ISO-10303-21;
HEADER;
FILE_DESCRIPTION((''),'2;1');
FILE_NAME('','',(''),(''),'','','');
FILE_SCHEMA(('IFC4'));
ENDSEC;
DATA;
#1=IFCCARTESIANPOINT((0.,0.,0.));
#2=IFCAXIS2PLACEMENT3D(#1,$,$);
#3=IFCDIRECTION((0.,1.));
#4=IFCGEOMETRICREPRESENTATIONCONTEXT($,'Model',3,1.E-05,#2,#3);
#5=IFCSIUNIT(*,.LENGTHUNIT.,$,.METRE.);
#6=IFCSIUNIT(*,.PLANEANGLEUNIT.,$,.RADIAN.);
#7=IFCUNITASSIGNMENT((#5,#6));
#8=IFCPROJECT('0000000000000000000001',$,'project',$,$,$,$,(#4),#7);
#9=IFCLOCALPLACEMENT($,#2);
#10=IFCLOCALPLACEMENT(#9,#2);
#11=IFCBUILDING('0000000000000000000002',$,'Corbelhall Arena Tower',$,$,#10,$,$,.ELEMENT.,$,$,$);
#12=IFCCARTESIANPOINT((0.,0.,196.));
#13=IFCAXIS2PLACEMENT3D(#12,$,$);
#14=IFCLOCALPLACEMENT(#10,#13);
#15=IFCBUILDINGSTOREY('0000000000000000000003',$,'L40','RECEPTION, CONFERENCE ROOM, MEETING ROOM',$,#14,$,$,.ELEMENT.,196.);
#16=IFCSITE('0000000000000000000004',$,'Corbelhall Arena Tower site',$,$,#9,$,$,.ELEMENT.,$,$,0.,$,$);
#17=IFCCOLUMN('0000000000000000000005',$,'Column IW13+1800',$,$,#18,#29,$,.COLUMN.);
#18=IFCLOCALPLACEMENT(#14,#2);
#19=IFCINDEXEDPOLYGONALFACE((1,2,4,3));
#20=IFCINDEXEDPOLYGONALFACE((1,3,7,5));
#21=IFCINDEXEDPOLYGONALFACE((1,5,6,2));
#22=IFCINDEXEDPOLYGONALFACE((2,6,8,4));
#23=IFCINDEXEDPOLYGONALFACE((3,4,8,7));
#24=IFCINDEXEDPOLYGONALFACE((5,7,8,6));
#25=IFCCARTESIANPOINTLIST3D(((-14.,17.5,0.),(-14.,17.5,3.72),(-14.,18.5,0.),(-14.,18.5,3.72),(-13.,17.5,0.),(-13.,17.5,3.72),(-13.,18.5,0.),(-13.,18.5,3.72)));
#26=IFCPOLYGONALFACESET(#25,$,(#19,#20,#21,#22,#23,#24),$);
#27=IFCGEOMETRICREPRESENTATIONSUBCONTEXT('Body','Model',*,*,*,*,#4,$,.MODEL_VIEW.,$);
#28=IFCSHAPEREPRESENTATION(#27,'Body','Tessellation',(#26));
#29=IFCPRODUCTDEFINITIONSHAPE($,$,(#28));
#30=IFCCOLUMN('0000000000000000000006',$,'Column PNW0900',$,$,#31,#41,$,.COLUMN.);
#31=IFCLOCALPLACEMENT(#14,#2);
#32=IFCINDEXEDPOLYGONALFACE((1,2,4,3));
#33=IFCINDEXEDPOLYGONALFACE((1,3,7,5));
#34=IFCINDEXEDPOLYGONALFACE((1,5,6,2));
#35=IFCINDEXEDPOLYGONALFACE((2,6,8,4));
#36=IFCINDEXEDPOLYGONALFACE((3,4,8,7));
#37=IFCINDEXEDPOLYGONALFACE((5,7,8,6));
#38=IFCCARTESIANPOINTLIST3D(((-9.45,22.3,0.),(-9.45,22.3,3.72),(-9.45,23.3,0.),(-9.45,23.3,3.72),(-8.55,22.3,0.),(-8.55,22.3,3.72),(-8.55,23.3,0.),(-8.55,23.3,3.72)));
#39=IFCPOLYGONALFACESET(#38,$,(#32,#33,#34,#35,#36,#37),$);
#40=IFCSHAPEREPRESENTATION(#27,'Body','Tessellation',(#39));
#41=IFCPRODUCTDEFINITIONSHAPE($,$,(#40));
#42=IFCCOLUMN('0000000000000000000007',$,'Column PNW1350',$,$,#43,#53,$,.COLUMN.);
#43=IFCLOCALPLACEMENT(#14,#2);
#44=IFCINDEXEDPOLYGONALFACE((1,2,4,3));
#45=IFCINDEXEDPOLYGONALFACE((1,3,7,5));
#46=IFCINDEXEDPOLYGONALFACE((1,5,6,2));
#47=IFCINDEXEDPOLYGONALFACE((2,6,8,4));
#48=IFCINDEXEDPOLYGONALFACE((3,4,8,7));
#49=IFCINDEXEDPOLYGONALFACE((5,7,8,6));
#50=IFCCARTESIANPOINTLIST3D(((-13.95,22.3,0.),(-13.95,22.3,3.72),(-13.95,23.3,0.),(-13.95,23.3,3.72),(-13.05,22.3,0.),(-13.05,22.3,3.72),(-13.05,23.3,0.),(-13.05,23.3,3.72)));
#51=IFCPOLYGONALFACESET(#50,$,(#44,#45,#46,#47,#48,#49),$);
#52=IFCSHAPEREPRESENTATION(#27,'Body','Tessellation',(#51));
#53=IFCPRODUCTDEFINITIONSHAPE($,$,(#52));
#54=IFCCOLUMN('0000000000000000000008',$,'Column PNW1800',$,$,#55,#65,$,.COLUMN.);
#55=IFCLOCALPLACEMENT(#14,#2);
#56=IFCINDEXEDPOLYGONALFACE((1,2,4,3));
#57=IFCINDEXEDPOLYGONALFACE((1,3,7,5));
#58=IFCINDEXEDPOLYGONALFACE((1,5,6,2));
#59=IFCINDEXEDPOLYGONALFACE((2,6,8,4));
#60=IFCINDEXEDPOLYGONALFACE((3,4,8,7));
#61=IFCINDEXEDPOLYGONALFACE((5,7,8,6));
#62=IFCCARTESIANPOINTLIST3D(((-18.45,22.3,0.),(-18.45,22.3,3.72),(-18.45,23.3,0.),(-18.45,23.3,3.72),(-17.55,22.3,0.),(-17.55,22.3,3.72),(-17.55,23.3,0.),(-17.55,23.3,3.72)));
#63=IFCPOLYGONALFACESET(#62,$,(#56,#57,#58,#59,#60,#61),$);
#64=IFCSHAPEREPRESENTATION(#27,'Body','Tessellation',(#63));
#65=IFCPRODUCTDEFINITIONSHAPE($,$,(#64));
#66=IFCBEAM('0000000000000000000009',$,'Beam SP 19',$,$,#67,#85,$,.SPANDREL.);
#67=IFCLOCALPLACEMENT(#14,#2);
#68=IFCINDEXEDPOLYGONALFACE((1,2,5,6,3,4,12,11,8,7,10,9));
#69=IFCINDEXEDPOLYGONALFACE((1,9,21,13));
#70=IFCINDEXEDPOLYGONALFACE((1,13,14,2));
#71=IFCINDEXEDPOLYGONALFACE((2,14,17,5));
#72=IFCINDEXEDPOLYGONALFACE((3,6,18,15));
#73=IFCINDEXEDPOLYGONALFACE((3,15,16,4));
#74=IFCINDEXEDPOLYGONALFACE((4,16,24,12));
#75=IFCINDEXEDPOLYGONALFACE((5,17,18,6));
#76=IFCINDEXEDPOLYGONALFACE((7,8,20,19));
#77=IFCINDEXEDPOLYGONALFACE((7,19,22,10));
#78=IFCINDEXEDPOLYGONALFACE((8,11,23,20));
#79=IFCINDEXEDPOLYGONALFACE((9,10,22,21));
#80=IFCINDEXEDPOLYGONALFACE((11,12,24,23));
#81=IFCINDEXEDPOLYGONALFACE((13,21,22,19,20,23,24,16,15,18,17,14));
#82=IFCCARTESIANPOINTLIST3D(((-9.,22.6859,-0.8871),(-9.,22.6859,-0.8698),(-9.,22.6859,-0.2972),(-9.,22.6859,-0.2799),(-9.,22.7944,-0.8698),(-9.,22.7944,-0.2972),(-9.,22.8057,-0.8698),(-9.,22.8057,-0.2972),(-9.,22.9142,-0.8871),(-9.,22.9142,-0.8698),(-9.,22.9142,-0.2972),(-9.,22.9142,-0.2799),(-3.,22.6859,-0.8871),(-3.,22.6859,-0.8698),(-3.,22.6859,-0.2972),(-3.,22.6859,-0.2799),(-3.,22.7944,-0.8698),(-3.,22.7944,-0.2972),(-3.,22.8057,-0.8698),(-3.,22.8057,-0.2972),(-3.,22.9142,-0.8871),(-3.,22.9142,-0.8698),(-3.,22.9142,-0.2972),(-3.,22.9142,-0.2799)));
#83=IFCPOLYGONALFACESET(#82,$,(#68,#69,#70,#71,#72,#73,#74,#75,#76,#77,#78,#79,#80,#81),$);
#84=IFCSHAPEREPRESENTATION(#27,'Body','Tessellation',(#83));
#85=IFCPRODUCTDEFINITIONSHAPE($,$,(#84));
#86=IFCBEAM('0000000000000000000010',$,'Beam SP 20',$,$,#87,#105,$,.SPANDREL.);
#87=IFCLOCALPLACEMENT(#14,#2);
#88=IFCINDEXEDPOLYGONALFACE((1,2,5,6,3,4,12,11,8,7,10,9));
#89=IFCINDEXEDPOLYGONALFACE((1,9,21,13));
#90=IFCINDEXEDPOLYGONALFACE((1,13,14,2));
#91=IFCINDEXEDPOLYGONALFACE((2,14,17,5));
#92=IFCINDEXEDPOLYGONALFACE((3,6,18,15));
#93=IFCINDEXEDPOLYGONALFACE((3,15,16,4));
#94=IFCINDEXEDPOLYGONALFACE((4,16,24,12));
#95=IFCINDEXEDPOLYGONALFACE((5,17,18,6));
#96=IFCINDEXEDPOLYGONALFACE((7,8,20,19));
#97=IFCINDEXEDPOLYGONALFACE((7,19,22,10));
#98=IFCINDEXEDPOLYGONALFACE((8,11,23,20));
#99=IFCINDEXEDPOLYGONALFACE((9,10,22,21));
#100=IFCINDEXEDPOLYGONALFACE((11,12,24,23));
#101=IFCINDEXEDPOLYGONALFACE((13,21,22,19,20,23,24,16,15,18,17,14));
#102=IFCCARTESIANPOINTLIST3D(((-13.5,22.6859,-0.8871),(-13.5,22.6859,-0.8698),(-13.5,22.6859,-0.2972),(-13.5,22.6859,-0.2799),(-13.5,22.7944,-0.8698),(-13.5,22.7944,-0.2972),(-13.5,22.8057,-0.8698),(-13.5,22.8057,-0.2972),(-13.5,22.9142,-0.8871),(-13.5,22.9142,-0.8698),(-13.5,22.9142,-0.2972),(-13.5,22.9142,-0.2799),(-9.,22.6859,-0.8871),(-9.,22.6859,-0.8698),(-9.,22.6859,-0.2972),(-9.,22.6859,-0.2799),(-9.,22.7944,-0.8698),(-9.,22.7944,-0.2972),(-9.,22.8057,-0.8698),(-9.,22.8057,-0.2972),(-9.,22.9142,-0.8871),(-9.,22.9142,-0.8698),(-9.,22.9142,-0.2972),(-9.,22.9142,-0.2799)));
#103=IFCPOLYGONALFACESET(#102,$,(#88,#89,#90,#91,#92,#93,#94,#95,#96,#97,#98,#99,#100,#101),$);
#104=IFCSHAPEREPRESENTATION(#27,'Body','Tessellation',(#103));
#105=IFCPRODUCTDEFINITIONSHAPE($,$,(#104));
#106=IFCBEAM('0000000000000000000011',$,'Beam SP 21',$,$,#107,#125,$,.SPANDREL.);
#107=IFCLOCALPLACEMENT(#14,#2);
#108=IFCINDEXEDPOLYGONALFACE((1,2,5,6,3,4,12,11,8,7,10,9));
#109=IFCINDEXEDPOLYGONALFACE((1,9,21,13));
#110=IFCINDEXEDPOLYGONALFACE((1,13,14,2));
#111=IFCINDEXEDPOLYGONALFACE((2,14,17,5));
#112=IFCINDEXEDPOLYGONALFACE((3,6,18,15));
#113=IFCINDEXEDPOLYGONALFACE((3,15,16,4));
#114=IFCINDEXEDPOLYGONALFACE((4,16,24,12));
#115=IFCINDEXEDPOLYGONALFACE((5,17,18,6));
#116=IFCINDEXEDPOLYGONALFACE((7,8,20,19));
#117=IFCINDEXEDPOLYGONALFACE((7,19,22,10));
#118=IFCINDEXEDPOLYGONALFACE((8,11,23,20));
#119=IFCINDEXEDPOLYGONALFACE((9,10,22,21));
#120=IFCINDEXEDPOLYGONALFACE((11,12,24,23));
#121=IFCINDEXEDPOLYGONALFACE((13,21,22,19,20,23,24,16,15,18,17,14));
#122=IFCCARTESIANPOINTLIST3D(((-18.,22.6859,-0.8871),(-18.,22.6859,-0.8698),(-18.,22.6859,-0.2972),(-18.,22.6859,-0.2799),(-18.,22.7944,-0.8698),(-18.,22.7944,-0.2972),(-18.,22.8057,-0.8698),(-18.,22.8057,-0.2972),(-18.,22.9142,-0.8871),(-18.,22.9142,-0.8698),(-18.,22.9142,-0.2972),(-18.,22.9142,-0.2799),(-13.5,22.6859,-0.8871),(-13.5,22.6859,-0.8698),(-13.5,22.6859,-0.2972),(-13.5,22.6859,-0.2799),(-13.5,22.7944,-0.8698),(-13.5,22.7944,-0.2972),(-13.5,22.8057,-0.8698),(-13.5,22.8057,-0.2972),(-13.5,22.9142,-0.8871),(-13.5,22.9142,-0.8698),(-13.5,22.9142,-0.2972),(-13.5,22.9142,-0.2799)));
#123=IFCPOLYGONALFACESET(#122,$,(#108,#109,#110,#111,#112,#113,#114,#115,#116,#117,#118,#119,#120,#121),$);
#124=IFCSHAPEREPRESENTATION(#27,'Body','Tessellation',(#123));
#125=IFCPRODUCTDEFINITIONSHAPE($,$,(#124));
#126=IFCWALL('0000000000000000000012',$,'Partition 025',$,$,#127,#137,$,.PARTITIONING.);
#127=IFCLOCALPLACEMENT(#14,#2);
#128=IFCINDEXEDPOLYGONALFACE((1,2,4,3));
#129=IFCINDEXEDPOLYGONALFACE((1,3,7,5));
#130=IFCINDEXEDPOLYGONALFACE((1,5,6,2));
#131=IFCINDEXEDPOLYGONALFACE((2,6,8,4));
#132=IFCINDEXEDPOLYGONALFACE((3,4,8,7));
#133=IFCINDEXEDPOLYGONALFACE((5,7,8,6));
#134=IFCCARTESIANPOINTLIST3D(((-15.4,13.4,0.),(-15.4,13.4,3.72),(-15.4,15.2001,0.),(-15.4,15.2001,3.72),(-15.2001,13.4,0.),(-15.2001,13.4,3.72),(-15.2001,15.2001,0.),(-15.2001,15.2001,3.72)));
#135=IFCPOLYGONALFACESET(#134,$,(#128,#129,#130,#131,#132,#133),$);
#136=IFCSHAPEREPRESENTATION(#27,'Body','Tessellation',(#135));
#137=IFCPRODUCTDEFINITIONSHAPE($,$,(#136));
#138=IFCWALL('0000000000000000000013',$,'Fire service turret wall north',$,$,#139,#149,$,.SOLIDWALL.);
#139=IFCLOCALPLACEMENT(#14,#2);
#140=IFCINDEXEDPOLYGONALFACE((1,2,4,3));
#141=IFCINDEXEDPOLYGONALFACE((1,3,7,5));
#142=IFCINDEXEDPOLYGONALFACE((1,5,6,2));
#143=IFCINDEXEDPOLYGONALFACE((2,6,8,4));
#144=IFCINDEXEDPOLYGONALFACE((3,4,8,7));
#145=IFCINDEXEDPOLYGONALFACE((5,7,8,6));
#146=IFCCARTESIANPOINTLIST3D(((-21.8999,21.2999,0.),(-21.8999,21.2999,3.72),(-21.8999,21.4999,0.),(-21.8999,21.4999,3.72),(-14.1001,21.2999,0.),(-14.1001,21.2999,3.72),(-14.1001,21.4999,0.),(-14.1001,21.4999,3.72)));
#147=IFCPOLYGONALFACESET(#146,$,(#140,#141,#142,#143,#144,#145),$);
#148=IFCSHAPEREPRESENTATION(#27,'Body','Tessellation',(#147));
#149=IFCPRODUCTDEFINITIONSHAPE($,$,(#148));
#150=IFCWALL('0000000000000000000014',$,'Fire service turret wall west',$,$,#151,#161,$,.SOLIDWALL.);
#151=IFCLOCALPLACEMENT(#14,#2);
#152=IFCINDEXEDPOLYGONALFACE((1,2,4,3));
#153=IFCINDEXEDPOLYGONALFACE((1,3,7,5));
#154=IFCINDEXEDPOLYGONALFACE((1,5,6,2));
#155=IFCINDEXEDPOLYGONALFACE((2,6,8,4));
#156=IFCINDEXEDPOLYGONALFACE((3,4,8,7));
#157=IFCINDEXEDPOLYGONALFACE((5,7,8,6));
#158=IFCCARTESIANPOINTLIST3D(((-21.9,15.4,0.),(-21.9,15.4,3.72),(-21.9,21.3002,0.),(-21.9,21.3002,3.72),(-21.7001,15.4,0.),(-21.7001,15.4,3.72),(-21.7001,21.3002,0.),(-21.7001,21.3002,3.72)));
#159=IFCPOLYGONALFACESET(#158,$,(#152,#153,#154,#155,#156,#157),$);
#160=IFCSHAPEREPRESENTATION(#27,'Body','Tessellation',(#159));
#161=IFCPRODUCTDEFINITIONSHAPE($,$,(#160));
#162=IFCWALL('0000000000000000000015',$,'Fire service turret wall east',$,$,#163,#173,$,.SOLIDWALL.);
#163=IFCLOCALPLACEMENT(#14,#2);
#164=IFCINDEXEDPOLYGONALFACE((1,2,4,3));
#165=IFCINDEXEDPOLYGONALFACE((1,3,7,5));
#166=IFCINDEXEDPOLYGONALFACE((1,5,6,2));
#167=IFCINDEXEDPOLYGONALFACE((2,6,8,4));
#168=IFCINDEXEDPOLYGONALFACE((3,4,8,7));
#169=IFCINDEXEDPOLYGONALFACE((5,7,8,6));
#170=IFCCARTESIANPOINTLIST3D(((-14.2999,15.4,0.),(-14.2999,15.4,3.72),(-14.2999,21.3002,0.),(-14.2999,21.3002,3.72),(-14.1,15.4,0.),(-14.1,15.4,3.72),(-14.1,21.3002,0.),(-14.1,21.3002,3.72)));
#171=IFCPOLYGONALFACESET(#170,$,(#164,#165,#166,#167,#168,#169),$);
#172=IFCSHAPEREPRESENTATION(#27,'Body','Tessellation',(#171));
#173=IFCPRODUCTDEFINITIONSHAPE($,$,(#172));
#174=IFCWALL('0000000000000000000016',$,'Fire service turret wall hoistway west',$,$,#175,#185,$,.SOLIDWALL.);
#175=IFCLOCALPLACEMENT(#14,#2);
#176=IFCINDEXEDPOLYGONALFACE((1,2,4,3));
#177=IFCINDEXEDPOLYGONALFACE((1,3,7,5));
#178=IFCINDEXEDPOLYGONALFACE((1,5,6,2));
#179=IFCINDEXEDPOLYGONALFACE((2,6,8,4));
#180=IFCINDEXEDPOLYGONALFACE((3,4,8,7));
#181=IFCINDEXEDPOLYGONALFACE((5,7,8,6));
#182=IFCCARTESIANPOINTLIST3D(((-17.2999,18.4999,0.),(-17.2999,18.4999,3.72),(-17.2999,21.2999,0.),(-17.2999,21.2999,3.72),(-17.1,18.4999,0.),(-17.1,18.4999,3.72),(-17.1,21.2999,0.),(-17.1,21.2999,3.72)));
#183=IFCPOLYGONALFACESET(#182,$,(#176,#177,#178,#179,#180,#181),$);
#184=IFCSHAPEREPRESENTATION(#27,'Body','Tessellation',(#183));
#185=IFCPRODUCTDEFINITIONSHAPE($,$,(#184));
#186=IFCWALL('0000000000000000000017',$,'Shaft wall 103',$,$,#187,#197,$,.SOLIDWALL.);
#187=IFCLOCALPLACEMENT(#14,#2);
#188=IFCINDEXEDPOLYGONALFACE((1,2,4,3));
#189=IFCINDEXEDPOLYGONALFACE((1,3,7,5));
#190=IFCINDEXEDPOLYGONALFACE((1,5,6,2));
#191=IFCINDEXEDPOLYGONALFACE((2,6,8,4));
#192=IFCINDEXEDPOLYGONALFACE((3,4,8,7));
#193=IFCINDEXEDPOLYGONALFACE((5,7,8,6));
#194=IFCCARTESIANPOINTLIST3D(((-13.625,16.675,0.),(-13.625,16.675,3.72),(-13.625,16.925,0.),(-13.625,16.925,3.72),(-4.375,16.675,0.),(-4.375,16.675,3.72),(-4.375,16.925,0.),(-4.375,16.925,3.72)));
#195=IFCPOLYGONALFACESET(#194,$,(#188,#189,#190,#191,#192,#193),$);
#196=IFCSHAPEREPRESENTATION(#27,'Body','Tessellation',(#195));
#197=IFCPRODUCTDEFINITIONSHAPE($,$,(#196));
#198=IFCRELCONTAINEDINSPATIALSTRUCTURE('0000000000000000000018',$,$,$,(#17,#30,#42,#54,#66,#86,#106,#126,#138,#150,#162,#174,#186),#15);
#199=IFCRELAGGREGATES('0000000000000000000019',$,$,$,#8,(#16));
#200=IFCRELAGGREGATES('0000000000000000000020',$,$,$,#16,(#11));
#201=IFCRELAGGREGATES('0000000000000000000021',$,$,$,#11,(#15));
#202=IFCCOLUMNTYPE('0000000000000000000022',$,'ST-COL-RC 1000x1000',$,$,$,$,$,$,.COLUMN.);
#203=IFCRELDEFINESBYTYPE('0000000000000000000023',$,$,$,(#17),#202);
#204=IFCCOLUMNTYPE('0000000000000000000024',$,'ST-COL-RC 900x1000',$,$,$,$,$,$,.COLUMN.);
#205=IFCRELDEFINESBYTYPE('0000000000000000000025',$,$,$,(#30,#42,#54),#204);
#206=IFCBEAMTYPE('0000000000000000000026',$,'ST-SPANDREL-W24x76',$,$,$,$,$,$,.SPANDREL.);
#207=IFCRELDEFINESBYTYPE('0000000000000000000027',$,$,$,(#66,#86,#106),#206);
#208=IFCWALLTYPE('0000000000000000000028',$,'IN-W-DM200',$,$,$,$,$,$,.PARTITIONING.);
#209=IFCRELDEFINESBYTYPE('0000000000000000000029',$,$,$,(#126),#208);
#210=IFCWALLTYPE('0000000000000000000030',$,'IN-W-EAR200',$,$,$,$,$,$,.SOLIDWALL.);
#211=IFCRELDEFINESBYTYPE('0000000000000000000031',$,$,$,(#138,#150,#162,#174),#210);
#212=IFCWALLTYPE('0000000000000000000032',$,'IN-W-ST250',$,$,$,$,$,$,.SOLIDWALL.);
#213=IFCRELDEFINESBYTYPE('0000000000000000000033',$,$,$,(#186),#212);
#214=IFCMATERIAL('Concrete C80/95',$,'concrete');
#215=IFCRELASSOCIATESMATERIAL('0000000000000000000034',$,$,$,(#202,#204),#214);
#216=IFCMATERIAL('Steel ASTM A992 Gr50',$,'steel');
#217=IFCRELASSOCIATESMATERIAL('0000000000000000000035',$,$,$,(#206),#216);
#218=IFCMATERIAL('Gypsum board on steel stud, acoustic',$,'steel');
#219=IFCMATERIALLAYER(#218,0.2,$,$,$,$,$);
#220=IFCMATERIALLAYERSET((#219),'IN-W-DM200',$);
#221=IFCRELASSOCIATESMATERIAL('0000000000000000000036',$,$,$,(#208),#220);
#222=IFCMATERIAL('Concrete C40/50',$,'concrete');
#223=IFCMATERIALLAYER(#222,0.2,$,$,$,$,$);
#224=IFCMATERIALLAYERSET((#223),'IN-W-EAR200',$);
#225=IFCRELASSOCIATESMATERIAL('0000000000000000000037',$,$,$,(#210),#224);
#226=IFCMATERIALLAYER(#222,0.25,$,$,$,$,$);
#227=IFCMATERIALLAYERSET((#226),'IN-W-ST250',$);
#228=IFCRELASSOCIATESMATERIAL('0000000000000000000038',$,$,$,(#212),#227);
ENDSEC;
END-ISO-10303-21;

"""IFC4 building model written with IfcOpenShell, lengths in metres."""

from ifc_helpers import new_model, si_unit, direction, frame, frame_2d, origin, origin_2d, place, context, subcontext, project, spatial, rectangle, i_section, extrude, material, layer, layer_set, material_profile, profile_set, type_object, element, save


model = new_model("IFC4")

# Units and contexts
model_context = context("Model", 3, precision=1e-05, world=origin(), true_north=direction((0.0, 1.0)))
body_context = subcontext(model_context, "Body", "Model", "MODEL_VIEW")
ifc_project = project(units=[si_unit("LENGTHUNIT", "METRE"), si_unit("PLANEANGLEUNIT", "RADIAN")], contexts=[model_context])

# Site, building, storey
site_placement = place(None, origin())
site = spatial("IfcSite", under=ifc_project, at=site_placement, Name="Corbelhall Arena Tower site", CompositionType="ELEMENT", RefElevation=0.0)
building_placement = place(site_placement, origin())
building = spatial("IfcBuilding", under=site, at=building_placement, Name="Corbelhall Arena Tower", CompositionType="ELEMENT")
storey_placement = place(building_placement, frame((0.0, 0.0, 196.0)))
storey = spatial("IfcBuildingStorey", under=building, at=storey_placement, Name="L40", Description="RECEPTION, CONFERENCE ROOM, MEETING ROOM", CompositionType="ELEMENT", Elevation=196.0)

# Columns
ifc_material_1 = material(Name="Concrete C80/95", Category="concrete")
ifc_material_profile_1 = material_profile(ifc_material_1, rectangle(XDim=1.0, YDim=1.0, at=origin_2d()))
ifc_profile_set_1 = profile_set([ifc_material_profile_1], Name="Concrete C80/95")
column_type_1 = type_object("IfcColumnType", Name="ST-COL-RC 1000x1000", PredefinedType="COLUMN", material=ifc_profile_set_1)
column_placement = place(storey_placement, frame((-13.5, 18.0, 0.0), z_axis=(0.0, 0.0, 1.0), x_axis=(1.0, 0.0, 0.0)))
element("IfcColumn", 1, at=column_placement, inside=storey, type_object=column_type_1, Name="Column IW13+1800", PredefinedType="COLUMN", context=body_context, shape_type="SweptSolid", body=[
    extrude(rectangle(XDim=1.0, YDim=1.0, at=origin_2d()), origin(), (0.0, 0.0, 1.0), 3.72),
])
ifc_material_profile_2 = material_profile(ifc_material_1, rectangle(XDim=0.8999, YDim=1.0, at=origin_2d()))
ifc_profile_set_2 = profile_set([ifc_material_profile_2], Name="Concrete C80/95")
column_type_2 = type_object("IfcColumnType", Name="ST-COL-RC 900x1000", PredefinedType="COLUMN", material=ifc_profile_set_2)
for number, where, z_axis, x_axis, name in (
    (2, (-9.0, 22.8, 0.0), (0.0, 0.0, 1.0), (1.0, 0.0, 0.0), "Column PNW0900"),
    (3, (-13.5, 22.8, 0.0), (0.0, 0.0, 1.0), (1.0, 0.0, 0.0), "Column PNW1350"),
    (4, (-18.0, 22.8, 0.0), (0.0, 0.0, 1.0), (1.0, 0.0, 0.0), "Column PNW1800"),
):
    element("IfcColumn", number, at=place(storey_placement, frame(where, z_axis=z_axis, x_axis=x_axis)), inside=storey, type_object=column_type_2, Name=name, PredefinedType="COLUMN", context=body_context, shape_type="SweptSolid", body=[
        extrude(rectangle(XDim=0.8999, YDim=1.0, at=origin_2d()), origin(), (0.0, 0.0, 1.0), 3.72),
    ])

# Beams
ifc_material_2 = material(Name="Steel ASTM A992 Gr50", Category="steel")
ifc_material_profile_3 = material_profile(ifc_material_2, i_section(OverallWidth=0.2283, OverallDepth=0.6072, WebThickness=0.0112, FlangeThickness=0.0173, at=origin_2d()))
ifc_profile_set_3 = profile_set([ifc_material_profile_3], Name="Steel ASTM A992 Gr50")
beam_type = type_object("IfcBeamType", Name="ST-SPANDREL-W24x76", PredefinedType="SPANDREL", material=ifc_profile_set_3)
beam_placement = place(storey_placement, frame((-9.0, 22.8, -0.5835), z_axis=(1.0, 0.0, 0.0), x_axis=(0.0, 1.0, 0.0)))
element("IfcBeam", 5, at=beam_placement, inside=storey, type_object=beam_type, Name="Beam SP 19", PredefinedType="SPANDREL", context=body_context, shape_type="SweptSolid", body=[
    extrude(i_section(OverallWidth=0.2283, OverallDepth=0.6072, WebThickness=0.0112, FlangeThickness=0.0173, at=origin_2d()), origin(), (0.0, 0.0, 1.0), 6.0),
])
for number, where, z_axis, x_axis, name in (
    (6, (-13.5, 22.8, -0.5835), (1.0, 0.0, 0.0), (0.0, 1.0, 0.0), "Beam SP 20"),
    (7, (-18.0, 22.8, -0.5835), (1.0, 0.0, 0.0), (0.0, 1.0, 0.0), "Beam SP 21"),
):
    element("IfcBeam", number, at=place(storey_placement, frame(where, z_axis=z_axis, x_axis=x_axis)), inside=storey, type_object=beam_type, Name=name, PredefinedType="SPANDREL", context=body_context, shape_type="SweptSolid", body=[
        extrude(i_section(OverallWidth=0.2283, OverallDepth=0.6072, WebThickness=0.0112, FlangeThickness=0.0173, at=origin_2d()), origin(), (0.0, 0.0, 1.0), 4.5),
    ])

# Wall
ifc_material_3 = material(Name="Gypsum board on steel stud, acoustic", Category="steel")
ifc_layer_1 = layer(ifc_material_3, 0.2)
ifc_layer_set_1 = layer_set([ifc_layer_1], Name="IN-W-DM200")
wall_type_1 = type_object("IfcWallType", Name="IN-W-DM200", PredefinedType="PARTITIONING", material=ifc_layer_set_1)
wall_1_placement = place(storey_placement, frame((-15.3, 15.2, 0.0), z_axis=(0.0, 0.0, 1.0), x_axis=(0.0, -1.0, 0.0)))
element("IfcWall", 8, at=wall_1_placement, inside=storey, type_object=wall_type_1, Name="Partition 025", PredefinedType="PARTITIONING", context=body_context, shape_type="SweptSolid", body=[
    extrude(rectangle(XDim=1.8, YDim=0.2, at=frame_2d((0.8999, 0.0))), origin(), (0.0, 0.0, 1.0), 3.72),
])

# Shared definitions
ifc_material_4 = material(Name="Concrete C40/50", Category="concrete")
ifc_layer_2 = layer(ifc_material_4, 0.2)
ifc_layer_set_2 = layer_set([ifc_layer_2], Name="IN-W-EAR200")
wall_type_2 = type_object("IfcWallType", Name="IN-W-EAR200", PredefinedType="SOLIDWALL", material=ifc_layer_set_2)

# Walls
wall_2_placement = place(storey_placement, frame((-21.8999, 21.3999, 0.0), z_axis=(0.0, 0.0, 1.0), x_axis=(1.0, 0.0, 0.0)))
element("IfcWall", 9, at=wall_2_placement, inside=storey, type_object=wall_type_2, Name="Fire service turret wall north", PredefinedType="SOLIDWALL", context=body_context, shape_type="SweptSolid", body=[
    extrude(rectangle(XDim=7.7998, YDim=0.2, at=frame_2d((3.8999, 0.0))), origin(), (0.0, 0.0, 1.0), 3.72),
])
for number, where, z_axis, x_axis, name in (
    (10, (-21.8, 15.3999, 0.0), (0.0, 0.0, 1.0), (0.0, 1.0, 0.0), "Fire service turret wall west"),
    (11, (-14.2, 15.3999, 0.0), (0.0, 0.0, 1.0), (0.0, 1.0, 0.0), "Fire service turret wall east"),
):
    element("IfcWall", number, at=place(storey_placement, frame(where, z_axis=z_axis, x_axis=x_axis)), inside=storey, type_object=wall_type_2, Name=name, PredefinedType="SOLIDWALL", context=body_context, shape_type="SweptSolid", body=[
        extrude(rectangle(XDim=5.9001, YDim=0.2, at=frame_2d((2.9502, 0.0))), origin(), (0.0, 0.0, 1.0), 3.72),
    ])

# Wall
wall_3_placement = place(storey_placement, frame((-17.2, 18.5, 0.0), z_axis=(0.0, 0.0, 1.0), x_axis=(0.0, 1.0, 0.0)))
element("IfcWall", 12, at=wall_3_placement, inside=storey, type_object=wall_type_2, Name="Fire service turret wall hoistway west", PredefinedType="SOLIDWALL", context=body_context, shape_type="SweptSolid", body=[
    extrude(rectangle(XDim=2.8, YDim=0.2, at=frame_2d((1.3999, 0.0))), origin(), (0.0, 0.0, 1.0), 3.72),
])

# Wall
ifc_layer_3 = layer(ifc_material_4, 0.25)
ifc_layer_set_3 = layer_set([ifc_layer_3], Name="IN-W-ST250")
wall_type_3 = type_object("IfcWallType", Name="IN-W-ST250", PredefinedType="SOLIDWALL", material=ifc_layer_set_3)
wall_4_placement = place(storey_placement, frame((-13.625, 16.8, 0.0), z_axis=(0.0, 0.0, 1.0), x_axis=(1.0, 0.0, 0.0)))
element("IfcWall", 13, at=wall_4_placement, inside=storey, type_object=wall_type_3, Name="Shaft wall 103", PredefinedType="SOLIDWALL", context=body_context, shape_type="SweptSolid", body=[
    extrude(rectangle(XDim=9.25, YDim=0.25, at=frame_2d((4.625, 0.0))), origin(), (0.0, 0.0, 1.0), 3.72),
])

save(model, "model.ifc")
